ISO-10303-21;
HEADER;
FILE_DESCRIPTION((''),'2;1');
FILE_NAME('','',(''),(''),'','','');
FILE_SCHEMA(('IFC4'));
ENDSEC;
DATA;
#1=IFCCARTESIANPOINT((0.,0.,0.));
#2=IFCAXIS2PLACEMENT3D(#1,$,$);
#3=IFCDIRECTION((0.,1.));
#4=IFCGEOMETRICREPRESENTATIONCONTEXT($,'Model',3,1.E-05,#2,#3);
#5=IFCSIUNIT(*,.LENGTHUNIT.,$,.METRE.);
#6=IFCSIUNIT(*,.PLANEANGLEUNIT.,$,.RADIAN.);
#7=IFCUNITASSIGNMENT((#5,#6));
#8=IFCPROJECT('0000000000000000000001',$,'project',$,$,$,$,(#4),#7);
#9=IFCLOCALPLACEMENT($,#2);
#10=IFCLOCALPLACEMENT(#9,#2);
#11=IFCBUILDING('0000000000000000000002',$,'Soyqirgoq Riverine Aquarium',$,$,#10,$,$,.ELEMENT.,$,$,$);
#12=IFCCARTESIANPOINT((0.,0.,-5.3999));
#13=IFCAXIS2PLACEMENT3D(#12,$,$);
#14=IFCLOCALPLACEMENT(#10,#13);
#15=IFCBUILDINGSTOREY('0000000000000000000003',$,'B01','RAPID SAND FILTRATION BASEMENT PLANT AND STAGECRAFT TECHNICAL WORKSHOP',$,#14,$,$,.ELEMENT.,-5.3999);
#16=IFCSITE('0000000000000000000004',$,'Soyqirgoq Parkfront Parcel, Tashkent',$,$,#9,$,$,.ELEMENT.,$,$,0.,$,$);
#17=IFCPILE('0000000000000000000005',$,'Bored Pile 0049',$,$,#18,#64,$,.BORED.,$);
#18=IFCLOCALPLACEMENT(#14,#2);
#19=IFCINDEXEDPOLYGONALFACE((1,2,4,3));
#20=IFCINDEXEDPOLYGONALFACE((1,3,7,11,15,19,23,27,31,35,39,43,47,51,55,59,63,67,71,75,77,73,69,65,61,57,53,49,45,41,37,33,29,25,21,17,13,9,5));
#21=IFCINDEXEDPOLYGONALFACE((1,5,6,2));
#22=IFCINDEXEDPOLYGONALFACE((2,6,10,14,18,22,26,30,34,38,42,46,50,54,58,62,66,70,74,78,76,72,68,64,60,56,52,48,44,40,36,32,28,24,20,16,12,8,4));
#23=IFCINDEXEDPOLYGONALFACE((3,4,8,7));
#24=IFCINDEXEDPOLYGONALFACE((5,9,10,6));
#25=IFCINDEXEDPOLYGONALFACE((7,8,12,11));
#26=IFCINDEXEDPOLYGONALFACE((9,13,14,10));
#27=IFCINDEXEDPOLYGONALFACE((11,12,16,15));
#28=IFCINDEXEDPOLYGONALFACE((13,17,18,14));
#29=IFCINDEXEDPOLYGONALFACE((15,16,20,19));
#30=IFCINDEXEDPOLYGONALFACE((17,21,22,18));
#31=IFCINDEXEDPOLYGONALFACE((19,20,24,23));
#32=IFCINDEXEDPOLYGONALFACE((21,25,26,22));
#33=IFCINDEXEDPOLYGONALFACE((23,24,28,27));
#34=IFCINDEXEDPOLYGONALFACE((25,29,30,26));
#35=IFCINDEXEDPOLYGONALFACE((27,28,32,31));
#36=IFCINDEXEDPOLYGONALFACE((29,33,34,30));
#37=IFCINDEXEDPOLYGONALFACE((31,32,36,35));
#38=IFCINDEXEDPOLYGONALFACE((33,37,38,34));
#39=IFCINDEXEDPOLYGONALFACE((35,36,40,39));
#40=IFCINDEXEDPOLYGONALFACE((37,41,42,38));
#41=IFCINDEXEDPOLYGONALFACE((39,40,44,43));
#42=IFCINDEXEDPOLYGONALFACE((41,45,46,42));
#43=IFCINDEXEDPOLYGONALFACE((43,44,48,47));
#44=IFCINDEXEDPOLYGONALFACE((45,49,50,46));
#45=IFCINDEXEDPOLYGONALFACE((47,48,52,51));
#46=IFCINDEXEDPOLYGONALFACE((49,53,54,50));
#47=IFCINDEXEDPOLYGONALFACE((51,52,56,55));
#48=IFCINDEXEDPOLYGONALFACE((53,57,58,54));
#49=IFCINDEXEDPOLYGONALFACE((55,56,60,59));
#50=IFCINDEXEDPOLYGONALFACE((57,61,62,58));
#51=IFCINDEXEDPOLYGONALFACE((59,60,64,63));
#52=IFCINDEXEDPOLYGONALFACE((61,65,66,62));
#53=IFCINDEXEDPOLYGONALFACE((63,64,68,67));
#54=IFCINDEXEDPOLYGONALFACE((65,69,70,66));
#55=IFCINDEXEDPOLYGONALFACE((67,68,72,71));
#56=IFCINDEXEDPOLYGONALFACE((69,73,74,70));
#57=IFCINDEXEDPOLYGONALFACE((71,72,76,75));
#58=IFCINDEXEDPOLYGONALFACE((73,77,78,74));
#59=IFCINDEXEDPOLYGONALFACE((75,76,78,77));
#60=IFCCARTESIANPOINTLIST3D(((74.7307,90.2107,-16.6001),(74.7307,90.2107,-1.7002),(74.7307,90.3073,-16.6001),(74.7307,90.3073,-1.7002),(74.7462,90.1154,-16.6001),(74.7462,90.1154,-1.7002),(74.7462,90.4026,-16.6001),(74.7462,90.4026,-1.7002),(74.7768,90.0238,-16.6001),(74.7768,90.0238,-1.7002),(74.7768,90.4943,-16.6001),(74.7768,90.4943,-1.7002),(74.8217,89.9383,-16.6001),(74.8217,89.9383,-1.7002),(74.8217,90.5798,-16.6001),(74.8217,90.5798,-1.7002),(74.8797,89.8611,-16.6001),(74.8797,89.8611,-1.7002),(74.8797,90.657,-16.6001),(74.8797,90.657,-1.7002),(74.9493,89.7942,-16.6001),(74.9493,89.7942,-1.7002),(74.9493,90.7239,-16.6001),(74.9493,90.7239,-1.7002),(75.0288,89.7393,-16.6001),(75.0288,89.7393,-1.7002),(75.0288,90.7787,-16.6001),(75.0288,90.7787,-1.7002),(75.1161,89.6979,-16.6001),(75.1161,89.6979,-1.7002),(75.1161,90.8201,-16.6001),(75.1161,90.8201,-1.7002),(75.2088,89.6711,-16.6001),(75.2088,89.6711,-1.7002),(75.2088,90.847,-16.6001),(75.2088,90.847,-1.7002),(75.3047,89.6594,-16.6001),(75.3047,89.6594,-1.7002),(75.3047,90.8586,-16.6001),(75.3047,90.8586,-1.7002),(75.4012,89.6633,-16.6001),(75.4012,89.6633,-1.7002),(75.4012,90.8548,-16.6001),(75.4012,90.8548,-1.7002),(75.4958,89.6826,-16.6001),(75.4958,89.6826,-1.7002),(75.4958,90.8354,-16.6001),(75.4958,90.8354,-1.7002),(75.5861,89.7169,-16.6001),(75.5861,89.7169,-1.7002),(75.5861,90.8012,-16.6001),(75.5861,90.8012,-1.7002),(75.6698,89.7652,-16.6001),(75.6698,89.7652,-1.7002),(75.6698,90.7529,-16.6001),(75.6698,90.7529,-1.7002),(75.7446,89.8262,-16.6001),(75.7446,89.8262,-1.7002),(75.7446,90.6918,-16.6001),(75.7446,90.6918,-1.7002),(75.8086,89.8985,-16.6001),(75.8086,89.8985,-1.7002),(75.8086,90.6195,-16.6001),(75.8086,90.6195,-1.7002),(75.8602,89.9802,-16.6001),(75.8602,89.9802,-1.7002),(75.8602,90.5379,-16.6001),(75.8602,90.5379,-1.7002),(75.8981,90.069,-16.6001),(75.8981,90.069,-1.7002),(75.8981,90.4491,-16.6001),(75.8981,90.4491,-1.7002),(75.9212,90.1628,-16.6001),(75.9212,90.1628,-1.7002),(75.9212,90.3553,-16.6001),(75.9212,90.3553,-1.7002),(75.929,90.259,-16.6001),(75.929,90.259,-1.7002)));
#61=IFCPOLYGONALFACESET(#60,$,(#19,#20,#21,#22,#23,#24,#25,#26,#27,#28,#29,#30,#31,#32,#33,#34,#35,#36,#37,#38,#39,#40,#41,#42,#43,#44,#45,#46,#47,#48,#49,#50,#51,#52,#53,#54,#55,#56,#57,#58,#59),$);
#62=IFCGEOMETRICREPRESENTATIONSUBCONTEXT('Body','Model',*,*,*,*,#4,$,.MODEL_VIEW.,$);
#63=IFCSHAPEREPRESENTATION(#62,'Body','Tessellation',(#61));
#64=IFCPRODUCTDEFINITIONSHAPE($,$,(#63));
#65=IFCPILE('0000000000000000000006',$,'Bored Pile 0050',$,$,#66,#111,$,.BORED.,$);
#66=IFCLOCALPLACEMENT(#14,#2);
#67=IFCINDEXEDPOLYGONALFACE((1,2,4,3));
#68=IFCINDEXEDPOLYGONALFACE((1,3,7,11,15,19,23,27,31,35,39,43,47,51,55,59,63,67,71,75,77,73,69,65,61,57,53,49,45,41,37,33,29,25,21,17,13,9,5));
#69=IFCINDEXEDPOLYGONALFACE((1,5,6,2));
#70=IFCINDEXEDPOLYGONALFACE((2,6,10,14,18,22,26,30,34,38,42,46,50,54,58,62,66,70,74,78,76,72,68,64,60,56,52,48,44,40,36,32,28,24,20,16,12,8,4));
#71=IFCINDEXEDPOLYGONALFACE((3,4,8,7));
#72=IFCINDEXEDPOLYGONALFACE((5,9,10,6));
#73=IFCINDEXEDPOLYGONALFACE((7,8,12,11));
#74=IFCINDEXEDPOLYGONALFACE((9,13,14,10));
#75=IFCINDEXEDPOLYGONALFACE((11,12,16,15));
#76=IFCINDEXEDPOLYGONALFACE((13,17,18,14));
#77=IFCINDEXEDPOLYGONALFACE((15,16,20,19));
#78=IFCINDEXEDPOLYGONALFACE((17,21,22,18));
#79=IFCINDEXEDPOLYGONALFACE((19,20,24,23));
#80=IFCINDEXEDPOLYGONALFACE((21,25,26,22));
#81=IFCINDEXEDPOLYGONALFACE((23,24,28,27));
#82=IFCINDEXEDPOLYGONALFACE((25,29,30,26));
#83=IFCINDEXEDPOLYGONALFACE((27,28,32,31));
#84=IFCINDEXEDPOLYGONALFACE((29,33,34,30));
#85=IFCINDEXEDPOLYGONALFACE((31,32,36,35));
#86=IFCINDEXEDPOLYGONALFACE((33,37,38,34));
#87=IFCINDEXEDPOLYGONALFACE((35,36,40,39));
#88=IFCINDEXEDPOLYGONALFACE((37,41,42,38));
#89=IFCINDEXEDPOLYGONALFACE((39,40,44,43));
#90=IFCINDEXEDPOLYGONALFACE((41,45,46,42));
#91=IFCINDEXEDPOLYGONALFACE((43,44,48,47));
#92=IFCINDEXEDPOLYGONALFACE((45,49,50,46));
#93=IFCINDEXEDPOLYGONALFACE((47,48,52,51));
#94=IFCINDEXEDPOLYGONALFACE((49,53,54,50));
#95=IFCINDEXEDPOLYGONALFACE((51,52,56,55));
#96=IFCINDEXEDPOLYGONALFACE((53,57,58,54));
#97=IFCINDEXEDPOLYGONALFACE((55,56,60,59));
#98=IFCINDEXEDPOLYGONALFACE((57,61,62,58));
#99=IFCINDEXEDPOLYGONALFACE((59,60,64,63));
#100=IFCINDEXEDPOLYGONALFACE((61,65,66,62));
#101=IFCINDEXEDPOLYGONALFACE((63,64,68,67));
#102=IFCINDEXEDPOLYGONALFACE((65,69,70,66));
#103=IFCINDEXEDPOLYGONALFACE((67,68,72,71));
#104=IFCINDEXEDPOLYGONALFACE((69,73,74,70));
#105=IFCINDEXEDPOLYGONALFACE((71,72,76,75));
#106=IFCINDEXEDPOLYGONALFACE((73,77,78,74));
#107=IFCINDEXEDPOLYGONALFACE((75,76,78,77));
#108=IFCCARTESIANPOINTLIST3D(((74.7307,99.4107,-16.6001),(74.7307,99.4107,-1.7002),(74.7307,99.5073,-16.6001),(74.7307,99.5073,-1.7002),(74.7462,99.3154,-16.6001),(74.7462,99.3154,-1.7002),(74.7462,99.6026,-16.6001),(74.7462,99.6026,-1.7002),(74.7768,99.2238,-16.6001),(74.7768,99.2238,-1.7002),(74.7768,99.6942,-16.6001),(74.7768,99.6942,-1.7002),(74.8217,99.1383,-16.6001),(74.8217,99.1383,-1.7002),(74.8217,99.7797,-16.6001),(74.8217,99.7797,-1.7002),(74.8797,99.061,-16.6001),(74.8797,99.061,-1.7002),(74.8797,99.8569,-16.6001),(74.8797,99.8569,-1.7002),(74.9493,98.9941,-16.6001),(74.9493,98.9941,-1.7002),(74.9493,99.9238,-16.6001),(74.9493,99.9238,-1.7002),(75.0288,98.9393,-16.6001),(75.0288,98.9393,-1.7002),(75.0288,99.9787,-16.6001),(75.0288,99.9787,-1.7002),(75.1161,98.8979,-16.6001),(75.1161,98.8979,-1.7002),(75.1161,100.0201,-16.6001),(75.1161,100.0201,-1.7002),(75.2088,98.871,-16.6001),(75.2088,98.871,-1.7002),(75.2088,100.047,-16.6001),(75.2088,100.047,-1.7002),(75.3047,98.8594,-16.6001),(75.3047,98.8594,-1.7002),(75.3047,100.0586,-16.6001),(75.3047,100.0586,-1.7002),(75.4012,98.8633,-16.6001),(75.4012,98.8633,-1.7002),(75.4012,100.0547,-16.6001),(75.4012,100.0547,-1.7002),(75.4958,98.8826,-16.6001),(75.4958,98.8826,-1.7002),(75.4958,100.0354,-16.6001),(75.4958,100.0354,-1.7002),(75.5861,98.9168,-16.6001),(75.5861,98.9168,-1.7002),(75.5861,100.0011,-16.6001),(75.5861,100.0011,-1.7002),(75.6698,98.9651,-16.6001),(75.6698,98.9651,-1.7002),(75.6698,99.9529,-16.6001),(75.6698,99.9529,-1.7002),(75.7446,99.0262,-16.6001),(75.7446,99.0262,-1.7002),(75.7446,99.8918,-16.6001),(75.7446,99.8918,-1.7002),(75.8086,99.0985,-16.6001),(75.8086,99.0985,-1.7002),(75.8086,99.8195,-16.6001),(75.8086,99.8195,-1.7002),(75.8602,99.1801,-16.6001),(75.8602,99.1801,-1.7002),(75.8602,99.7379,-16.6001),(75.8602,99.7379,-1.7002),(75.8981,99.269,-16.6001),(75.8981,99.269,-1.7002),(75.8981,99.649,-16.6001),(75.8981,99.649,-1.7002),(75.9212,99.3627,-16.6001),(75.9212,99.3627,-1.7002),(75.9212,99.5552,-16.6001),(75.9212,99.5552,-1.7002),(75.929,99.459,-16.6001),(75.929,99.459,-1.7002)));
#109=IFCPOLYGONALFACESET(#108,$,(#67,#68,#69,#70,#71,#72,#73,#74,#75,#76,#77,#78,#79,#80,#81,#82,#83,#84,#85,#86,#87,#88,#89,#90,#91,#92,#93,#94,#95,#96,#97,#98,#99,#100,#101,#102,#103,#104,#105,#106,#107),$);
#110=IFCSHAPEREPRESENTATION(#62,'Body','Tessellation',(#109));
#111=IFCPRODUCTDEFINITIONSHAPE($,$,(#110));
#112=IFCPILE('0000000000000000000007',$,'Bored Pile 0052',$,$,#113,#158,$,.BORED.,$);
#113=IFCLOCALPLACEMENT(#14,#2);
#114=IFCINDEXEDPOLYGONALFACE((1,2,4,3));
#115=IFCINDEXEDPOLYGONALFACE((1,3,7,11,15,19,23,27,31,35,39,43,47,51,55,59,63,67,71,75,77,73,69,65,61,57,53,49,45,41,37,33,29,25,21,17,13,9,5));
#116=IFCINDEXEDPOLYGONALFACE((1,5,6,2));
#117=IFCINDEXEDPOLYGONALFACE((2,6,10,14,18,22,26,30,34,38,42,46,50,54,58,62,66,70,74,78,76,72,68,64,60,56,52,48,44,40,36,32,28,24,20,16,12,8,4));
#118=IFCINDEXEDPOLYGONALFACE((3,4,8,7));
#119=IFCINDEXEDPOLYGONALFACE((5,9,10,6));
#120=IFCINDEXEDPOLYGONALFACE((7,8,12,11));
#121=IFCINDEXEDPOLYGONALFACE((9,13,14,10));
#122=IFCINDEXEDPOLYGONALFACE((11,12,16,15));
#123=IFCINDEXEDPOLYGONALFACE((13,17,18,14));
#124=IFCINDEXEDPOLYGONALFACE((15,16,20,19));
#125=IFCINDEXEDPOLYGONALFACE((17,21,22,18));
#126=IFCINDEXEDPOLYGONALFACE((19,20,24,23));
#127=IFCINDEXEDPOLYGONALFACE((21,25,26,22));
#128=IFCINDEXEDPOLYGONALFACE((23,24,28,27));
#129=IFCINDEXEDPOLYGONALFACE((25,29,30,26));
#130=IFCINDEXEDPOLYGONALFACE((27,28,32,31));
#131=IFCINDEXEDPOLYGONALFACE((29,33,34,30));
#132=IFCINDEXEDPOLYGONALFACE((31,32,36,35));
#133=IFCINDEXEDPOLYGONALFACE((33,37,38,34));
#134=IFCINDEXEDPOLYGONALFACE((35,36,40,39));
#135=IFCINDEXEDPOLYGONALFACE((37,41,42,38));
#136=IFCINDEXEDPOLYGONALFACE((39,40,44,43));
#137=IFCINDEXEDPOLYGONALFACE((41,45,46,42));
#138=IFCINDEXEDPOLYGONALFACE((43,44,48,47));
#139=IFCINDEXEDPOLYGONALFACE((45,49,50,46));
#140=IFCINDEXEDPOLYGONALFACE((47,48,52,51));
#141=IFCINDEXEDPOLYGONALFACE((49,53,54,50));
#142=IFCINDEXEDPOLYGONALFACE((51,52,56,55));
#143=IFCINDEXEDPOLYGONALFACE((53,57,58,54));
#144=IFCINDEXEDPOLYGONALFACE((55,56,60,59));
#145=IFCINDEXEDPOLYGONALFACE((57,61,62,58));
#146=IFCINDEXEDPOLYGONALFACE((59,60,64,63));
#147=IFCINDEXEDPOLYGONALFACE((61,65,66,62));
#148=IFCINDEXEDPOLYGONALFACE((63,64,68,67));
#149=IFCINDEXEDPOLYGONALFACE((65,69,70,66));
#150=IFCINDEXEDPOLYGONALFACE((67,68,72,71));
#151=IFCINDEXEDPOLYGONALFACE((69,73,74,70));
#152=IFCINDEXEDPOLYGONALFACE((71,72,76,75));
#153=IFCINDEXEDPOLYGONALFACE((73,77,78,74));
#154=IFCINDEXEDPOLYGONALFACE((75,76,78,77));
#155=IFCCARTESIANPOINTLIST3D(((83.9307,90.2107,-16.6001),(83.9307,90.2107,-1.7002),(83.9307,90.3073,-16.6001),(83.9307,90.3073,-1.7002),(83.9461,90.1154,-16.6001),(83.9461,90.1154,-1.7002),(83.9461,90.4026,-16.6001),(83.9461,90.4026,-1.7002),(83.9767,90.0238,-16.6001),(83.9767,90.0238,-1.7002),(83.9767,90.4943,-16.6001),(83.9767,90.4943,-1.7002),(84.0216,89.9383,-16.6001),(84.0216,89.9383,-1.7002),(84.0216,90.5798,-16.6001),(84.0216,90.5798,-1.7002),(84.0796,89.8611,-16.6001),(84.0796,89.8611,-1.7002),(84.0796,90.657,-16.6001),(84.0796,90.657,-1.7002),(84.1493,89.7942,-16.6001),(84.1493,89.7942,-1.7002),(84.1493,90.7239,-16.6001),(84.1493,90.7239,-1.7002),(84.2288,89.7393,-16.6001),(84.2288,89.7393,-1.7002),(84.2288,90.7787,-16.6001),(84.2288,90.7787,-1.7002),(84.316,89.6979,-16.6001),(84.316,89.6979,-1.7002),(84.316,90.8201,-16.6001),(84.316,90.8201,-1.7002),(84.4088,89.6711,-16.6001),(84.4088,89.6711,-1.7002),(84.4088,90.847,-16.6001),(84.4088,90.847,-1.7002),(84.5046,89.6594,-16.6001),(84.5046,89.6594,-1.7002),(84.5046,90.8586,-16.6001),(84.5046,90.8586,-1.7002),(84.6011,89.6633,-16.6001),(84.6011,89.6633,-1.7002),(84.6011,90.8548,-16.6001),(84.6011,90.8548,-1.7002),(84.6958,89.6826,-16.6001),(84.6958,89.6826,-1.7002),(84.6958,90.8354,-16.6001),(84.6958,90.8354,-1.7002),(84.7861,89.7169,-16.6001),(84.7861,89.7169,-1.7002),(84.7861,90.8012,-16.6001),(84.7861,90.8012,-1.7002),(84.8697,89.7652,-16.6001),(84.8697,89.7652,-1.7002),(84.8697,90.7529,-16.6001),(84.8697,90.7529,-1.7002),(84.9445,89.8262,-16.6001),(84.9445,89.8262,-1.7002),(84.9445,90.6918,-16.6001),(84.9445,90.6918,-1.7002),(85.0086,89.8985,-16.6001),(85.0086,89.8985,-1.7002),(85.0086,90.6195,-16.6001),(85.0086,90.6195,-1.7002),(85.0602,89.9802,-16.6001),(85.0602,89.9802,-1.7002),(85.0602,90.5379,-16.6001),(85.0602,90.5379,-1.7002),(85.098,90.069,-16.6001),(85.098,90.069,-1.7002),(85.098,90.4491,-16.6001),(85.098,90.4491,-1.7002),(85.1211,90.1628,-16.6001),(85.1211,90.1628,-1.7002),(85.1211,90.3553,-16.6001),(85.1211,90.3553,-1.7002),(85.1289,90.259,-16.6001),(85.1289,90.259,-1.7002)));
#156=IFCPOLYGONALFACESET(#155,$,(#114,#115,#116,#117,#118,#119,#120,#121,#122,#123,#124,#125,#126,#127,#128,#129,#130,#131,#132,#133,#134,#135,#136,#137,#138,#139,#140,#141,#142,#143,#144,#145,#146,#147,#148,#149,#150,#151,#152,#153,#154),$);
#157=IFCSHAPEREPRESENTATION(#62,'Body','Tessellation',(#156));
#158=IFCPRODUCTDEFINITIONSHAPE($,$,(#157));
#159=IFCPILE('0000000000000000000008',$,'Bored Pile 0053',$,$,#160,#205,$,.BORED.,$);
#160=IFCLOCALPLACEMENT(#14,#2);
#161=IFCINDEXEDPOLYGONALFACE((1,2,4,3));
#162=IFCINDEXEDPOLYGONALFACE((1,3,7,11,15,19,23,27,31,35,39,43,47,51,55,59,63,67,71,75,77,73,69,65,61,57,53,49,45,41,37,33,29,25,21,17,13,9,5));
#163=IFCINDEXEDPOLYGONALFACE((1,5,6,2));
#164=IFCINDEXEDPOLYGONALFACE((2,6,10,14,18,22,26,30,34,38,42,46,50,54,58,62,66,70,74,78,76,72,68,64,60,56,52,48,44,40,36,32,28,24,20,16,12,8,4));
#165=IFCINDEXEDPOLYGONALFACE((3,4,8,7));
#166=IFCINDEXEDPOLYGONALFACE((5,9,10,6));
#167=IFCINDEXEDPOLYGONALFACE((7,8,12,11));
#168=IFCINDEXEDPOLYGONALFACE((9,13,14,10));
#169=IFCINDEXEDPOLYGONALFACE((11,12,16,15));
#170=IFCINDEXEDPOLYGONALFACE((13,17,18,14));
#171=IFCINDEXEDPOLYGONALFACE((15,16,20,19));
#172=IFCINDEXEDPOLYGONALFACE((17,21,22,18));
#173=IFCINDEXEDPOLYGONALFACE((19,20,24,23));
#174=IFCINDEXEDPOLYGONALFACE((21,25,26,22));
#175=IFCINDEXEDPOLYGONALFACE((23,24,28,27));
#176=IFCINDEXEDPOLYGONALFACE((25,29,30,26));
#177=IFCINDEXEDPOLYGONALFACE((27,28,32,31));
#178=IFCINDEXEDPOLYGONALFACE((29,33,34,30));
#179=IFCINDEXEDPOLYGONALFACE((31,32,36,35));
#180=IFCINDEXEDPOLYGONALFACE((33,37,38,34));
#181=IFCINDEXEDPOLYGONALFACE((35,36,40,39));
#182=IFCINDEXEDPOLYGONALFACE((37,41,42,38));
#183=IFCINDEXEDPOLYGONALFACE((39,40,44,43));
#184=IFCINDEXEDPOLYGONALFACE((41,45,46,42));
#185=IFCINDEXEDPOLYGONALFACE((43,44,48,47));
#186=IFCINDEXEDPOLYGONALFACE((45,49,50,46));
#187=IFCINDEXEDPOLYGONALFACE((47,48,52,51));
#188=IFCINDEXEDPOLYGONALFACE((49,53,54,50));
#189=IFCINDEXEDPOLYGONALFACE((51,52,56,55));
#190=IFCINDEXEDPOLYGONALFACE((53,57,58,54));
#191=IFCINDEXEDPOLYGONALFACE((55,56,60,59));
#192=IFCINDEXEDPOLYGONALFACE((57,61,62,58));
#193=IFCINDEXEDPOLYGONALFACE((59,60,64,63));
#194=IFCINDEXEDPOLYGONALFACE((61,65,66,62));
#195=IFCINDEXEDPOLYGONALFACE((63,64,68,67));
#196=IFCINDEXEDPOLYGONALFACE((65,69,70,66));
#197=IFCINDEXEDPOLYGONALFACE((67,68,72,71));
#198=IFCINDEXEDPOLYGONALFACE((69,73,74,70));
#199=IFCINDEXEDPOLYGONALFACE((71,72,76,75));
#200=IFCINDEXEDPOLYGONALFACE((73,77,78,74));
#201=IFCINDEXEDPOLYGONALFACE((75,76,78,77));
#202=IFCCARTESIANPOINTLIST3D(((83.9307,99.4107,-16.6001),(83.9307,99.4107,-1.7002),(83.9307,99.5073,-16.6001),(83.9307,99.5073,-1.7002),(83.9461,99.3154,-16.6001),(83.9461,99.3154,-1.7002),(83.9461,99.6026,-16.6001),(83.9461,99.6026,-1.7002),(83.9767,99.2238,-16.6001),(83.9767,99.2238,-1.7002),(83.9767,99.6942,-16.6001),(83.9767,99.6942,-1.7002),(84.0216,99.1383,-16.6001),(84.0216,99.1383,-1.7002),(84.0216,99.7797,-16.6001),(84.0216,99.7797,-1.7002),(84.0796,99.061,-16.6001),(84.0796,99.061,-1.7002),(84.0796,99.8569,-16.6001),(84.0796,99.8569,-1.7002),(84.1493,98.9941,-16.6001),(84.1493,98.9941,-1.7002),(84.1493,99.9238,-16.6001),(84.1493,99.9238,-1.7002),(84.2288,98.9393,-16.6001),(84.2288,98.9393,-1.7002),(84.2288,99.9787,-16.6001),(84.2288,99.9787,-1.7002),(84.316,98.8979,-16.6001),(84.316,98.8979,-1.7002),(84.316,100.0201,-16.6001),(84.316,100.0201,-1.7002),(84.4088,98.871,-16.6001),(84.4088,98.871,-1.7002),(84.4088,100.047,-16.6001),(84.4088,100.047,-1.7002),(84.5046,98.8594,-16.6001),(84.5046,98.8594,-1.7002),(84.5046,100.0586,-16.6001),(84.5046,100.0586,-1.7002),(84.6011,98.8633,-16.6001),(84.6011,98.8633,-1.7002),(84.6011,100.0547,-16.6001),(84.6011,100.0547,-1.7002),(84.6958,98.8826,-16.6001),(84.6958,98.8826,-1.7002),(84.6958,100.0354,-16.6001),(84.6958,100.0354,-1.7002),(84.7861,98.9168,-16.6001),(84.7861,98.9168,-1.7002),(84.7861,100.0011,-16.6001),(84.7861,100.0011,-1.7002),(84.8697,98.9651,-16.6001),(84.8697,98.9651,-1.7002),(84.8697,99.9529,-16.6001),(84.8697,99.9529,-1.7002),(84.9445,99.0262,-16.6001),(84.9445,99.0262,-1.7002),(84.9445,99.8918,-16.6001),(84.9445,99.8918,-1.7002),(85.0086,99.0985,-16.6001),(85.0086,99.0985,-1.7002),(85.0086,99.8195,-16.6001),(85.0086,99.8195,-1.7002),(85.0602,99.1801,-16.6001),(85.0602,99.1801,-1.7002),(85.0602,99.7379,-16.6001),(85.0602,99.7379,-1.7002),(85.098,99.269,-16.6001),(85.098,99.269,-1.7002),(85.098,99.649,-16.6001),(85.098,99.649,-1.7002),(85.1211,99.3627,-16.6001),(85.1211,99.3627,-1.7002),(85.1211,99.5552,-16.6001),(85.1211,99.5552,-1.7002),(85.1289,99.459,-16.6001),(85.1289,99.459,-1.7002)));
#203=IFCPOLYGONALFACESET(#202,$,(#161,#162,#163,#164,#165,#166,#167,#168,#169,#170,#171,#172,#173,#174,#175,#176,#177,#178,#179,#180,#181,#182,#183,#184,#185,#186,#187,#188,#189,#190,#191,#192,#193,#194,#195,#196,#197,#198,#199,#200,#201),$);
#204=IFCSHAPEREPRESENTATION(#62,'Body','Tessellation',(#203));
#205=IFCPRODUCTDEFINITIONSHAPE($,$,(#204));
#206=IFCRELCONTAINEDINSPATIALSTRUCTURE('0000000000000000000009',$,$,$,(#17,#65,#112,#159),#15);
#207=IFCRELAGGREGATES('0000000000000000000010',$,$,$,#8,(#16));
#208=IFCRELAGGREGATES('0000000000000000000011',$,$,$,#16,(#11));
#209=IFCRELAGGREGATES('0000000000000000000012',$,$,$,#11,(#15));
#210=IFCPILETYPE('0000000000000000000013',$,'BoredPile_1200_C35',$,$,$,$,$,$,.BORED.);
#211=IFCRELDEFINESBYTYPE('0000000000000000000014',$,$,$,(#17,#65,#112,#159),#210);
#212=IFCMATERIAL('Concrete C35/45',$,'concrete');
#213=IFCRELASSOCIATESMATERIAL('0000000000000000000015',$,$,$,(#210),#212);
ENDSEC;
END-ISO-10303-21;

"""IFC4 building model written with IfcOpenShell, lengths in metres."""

from ifc_helpers import new_model, si_unit, direction, frame, origin, origin_2d, place, context, subcontext, project, spatial, circle, extrude, material, material_profile, profile_set, type_object, element, save


model = new_model("IFC4")

# Units and contexts
model_context = context("Model", 3, precision=1e-05, world=origin(), true_north=direction((0.0, 1.0)))
body_context = subcontext(model_context, "Body", "Model", "MODEL_VIEW")
ifc_project = project(units=[si_unit("LENGTHUNIT", "METRE"), si_unit("PLANEANGLEUNIT", "RADIAN")], contexts=[model_context])

# Site, building, storey
site_placement = place(None, origin())
site = spatial("IfcSite", under=ifc_project, at=site_placement, Name="Soyqirgoq Parkfront Parcel, Tashkent", CompositionType="ELEMENT", RefElevation=0.0)
building_placement = place(site_placement, origin())
building = spatial("IfcBuilding", under=site, at=building_placement, Name="Soyqirgoq Riverine Aquarium", CompositionType="ELEMENT")
storey_placement = place(building_placement, frame((0.0, 0.0, -5.3999)))
storey = spatial("IfcBuildingStorey", under=building, at=storey_placement, Name="B01", Description="RAPID SAND FILTRATION BASEMENT PLANT AND STAGECRAFT TECHNICAL WORKSHOP", CompositionType="ELEMENT", Elevation=-5.3999)

# Piles
ifc_material_1 = material(Name="Concrete C35/45", Category="concrete")
ifc_material_profile_1 = material_profile(ifc_material_1, circle(Radius=0.6001, at=origin_2d()), Name="BP D1200")
ifc_profile_set_1 = profile_set([ifc_material_profile_1], Name="Concrete C35/45")
pile_type_1 = type_object("IfcPileType", Name="BoredPile_1200_C35", PredefinedType="BORED", material=ifc_profile_set_1)
for number, where, z_axis, x_axis, name in (
    (1, (75.3289, 90.259, -1.7002), (0.0, 0.0, -1.0), (1.0, 0.0, 0.0), "Bored Pile 0049"),
    (2, (75.3289, 99.459, -1.7002), (0.0, 0.0, -1.0), (1.0, 0.0, 0.0), "Bored Pile 0050"),
    (3, (84.5288, 90.259, -1.7002), (0.0, 0.0, -1.0), (1.0, 0.0, 0.0), "Bored Pile 0052"),
    (4, (84.5288, 99.459, -1.7002), (0.0, 0.0, -1.0), (1.0, 0.0, 0.0), "Bored Pile 0053"),
):
    element("IfcPile", number, at=place(storey_placement, frame(where, z_axis=z_axis, x_axis=x_axis)), inside=storey, type_object=pile_type_1, Name=name, PredefinedType="BORED", context=body_context, shape_type="SweptSolid", body=[
        extrude(circle(Radius=0.6001, at=origin_2d()), origin(), (0.0, 0.0, 1.0), 14.8999),
    ])

save(model, "model.ifc")
